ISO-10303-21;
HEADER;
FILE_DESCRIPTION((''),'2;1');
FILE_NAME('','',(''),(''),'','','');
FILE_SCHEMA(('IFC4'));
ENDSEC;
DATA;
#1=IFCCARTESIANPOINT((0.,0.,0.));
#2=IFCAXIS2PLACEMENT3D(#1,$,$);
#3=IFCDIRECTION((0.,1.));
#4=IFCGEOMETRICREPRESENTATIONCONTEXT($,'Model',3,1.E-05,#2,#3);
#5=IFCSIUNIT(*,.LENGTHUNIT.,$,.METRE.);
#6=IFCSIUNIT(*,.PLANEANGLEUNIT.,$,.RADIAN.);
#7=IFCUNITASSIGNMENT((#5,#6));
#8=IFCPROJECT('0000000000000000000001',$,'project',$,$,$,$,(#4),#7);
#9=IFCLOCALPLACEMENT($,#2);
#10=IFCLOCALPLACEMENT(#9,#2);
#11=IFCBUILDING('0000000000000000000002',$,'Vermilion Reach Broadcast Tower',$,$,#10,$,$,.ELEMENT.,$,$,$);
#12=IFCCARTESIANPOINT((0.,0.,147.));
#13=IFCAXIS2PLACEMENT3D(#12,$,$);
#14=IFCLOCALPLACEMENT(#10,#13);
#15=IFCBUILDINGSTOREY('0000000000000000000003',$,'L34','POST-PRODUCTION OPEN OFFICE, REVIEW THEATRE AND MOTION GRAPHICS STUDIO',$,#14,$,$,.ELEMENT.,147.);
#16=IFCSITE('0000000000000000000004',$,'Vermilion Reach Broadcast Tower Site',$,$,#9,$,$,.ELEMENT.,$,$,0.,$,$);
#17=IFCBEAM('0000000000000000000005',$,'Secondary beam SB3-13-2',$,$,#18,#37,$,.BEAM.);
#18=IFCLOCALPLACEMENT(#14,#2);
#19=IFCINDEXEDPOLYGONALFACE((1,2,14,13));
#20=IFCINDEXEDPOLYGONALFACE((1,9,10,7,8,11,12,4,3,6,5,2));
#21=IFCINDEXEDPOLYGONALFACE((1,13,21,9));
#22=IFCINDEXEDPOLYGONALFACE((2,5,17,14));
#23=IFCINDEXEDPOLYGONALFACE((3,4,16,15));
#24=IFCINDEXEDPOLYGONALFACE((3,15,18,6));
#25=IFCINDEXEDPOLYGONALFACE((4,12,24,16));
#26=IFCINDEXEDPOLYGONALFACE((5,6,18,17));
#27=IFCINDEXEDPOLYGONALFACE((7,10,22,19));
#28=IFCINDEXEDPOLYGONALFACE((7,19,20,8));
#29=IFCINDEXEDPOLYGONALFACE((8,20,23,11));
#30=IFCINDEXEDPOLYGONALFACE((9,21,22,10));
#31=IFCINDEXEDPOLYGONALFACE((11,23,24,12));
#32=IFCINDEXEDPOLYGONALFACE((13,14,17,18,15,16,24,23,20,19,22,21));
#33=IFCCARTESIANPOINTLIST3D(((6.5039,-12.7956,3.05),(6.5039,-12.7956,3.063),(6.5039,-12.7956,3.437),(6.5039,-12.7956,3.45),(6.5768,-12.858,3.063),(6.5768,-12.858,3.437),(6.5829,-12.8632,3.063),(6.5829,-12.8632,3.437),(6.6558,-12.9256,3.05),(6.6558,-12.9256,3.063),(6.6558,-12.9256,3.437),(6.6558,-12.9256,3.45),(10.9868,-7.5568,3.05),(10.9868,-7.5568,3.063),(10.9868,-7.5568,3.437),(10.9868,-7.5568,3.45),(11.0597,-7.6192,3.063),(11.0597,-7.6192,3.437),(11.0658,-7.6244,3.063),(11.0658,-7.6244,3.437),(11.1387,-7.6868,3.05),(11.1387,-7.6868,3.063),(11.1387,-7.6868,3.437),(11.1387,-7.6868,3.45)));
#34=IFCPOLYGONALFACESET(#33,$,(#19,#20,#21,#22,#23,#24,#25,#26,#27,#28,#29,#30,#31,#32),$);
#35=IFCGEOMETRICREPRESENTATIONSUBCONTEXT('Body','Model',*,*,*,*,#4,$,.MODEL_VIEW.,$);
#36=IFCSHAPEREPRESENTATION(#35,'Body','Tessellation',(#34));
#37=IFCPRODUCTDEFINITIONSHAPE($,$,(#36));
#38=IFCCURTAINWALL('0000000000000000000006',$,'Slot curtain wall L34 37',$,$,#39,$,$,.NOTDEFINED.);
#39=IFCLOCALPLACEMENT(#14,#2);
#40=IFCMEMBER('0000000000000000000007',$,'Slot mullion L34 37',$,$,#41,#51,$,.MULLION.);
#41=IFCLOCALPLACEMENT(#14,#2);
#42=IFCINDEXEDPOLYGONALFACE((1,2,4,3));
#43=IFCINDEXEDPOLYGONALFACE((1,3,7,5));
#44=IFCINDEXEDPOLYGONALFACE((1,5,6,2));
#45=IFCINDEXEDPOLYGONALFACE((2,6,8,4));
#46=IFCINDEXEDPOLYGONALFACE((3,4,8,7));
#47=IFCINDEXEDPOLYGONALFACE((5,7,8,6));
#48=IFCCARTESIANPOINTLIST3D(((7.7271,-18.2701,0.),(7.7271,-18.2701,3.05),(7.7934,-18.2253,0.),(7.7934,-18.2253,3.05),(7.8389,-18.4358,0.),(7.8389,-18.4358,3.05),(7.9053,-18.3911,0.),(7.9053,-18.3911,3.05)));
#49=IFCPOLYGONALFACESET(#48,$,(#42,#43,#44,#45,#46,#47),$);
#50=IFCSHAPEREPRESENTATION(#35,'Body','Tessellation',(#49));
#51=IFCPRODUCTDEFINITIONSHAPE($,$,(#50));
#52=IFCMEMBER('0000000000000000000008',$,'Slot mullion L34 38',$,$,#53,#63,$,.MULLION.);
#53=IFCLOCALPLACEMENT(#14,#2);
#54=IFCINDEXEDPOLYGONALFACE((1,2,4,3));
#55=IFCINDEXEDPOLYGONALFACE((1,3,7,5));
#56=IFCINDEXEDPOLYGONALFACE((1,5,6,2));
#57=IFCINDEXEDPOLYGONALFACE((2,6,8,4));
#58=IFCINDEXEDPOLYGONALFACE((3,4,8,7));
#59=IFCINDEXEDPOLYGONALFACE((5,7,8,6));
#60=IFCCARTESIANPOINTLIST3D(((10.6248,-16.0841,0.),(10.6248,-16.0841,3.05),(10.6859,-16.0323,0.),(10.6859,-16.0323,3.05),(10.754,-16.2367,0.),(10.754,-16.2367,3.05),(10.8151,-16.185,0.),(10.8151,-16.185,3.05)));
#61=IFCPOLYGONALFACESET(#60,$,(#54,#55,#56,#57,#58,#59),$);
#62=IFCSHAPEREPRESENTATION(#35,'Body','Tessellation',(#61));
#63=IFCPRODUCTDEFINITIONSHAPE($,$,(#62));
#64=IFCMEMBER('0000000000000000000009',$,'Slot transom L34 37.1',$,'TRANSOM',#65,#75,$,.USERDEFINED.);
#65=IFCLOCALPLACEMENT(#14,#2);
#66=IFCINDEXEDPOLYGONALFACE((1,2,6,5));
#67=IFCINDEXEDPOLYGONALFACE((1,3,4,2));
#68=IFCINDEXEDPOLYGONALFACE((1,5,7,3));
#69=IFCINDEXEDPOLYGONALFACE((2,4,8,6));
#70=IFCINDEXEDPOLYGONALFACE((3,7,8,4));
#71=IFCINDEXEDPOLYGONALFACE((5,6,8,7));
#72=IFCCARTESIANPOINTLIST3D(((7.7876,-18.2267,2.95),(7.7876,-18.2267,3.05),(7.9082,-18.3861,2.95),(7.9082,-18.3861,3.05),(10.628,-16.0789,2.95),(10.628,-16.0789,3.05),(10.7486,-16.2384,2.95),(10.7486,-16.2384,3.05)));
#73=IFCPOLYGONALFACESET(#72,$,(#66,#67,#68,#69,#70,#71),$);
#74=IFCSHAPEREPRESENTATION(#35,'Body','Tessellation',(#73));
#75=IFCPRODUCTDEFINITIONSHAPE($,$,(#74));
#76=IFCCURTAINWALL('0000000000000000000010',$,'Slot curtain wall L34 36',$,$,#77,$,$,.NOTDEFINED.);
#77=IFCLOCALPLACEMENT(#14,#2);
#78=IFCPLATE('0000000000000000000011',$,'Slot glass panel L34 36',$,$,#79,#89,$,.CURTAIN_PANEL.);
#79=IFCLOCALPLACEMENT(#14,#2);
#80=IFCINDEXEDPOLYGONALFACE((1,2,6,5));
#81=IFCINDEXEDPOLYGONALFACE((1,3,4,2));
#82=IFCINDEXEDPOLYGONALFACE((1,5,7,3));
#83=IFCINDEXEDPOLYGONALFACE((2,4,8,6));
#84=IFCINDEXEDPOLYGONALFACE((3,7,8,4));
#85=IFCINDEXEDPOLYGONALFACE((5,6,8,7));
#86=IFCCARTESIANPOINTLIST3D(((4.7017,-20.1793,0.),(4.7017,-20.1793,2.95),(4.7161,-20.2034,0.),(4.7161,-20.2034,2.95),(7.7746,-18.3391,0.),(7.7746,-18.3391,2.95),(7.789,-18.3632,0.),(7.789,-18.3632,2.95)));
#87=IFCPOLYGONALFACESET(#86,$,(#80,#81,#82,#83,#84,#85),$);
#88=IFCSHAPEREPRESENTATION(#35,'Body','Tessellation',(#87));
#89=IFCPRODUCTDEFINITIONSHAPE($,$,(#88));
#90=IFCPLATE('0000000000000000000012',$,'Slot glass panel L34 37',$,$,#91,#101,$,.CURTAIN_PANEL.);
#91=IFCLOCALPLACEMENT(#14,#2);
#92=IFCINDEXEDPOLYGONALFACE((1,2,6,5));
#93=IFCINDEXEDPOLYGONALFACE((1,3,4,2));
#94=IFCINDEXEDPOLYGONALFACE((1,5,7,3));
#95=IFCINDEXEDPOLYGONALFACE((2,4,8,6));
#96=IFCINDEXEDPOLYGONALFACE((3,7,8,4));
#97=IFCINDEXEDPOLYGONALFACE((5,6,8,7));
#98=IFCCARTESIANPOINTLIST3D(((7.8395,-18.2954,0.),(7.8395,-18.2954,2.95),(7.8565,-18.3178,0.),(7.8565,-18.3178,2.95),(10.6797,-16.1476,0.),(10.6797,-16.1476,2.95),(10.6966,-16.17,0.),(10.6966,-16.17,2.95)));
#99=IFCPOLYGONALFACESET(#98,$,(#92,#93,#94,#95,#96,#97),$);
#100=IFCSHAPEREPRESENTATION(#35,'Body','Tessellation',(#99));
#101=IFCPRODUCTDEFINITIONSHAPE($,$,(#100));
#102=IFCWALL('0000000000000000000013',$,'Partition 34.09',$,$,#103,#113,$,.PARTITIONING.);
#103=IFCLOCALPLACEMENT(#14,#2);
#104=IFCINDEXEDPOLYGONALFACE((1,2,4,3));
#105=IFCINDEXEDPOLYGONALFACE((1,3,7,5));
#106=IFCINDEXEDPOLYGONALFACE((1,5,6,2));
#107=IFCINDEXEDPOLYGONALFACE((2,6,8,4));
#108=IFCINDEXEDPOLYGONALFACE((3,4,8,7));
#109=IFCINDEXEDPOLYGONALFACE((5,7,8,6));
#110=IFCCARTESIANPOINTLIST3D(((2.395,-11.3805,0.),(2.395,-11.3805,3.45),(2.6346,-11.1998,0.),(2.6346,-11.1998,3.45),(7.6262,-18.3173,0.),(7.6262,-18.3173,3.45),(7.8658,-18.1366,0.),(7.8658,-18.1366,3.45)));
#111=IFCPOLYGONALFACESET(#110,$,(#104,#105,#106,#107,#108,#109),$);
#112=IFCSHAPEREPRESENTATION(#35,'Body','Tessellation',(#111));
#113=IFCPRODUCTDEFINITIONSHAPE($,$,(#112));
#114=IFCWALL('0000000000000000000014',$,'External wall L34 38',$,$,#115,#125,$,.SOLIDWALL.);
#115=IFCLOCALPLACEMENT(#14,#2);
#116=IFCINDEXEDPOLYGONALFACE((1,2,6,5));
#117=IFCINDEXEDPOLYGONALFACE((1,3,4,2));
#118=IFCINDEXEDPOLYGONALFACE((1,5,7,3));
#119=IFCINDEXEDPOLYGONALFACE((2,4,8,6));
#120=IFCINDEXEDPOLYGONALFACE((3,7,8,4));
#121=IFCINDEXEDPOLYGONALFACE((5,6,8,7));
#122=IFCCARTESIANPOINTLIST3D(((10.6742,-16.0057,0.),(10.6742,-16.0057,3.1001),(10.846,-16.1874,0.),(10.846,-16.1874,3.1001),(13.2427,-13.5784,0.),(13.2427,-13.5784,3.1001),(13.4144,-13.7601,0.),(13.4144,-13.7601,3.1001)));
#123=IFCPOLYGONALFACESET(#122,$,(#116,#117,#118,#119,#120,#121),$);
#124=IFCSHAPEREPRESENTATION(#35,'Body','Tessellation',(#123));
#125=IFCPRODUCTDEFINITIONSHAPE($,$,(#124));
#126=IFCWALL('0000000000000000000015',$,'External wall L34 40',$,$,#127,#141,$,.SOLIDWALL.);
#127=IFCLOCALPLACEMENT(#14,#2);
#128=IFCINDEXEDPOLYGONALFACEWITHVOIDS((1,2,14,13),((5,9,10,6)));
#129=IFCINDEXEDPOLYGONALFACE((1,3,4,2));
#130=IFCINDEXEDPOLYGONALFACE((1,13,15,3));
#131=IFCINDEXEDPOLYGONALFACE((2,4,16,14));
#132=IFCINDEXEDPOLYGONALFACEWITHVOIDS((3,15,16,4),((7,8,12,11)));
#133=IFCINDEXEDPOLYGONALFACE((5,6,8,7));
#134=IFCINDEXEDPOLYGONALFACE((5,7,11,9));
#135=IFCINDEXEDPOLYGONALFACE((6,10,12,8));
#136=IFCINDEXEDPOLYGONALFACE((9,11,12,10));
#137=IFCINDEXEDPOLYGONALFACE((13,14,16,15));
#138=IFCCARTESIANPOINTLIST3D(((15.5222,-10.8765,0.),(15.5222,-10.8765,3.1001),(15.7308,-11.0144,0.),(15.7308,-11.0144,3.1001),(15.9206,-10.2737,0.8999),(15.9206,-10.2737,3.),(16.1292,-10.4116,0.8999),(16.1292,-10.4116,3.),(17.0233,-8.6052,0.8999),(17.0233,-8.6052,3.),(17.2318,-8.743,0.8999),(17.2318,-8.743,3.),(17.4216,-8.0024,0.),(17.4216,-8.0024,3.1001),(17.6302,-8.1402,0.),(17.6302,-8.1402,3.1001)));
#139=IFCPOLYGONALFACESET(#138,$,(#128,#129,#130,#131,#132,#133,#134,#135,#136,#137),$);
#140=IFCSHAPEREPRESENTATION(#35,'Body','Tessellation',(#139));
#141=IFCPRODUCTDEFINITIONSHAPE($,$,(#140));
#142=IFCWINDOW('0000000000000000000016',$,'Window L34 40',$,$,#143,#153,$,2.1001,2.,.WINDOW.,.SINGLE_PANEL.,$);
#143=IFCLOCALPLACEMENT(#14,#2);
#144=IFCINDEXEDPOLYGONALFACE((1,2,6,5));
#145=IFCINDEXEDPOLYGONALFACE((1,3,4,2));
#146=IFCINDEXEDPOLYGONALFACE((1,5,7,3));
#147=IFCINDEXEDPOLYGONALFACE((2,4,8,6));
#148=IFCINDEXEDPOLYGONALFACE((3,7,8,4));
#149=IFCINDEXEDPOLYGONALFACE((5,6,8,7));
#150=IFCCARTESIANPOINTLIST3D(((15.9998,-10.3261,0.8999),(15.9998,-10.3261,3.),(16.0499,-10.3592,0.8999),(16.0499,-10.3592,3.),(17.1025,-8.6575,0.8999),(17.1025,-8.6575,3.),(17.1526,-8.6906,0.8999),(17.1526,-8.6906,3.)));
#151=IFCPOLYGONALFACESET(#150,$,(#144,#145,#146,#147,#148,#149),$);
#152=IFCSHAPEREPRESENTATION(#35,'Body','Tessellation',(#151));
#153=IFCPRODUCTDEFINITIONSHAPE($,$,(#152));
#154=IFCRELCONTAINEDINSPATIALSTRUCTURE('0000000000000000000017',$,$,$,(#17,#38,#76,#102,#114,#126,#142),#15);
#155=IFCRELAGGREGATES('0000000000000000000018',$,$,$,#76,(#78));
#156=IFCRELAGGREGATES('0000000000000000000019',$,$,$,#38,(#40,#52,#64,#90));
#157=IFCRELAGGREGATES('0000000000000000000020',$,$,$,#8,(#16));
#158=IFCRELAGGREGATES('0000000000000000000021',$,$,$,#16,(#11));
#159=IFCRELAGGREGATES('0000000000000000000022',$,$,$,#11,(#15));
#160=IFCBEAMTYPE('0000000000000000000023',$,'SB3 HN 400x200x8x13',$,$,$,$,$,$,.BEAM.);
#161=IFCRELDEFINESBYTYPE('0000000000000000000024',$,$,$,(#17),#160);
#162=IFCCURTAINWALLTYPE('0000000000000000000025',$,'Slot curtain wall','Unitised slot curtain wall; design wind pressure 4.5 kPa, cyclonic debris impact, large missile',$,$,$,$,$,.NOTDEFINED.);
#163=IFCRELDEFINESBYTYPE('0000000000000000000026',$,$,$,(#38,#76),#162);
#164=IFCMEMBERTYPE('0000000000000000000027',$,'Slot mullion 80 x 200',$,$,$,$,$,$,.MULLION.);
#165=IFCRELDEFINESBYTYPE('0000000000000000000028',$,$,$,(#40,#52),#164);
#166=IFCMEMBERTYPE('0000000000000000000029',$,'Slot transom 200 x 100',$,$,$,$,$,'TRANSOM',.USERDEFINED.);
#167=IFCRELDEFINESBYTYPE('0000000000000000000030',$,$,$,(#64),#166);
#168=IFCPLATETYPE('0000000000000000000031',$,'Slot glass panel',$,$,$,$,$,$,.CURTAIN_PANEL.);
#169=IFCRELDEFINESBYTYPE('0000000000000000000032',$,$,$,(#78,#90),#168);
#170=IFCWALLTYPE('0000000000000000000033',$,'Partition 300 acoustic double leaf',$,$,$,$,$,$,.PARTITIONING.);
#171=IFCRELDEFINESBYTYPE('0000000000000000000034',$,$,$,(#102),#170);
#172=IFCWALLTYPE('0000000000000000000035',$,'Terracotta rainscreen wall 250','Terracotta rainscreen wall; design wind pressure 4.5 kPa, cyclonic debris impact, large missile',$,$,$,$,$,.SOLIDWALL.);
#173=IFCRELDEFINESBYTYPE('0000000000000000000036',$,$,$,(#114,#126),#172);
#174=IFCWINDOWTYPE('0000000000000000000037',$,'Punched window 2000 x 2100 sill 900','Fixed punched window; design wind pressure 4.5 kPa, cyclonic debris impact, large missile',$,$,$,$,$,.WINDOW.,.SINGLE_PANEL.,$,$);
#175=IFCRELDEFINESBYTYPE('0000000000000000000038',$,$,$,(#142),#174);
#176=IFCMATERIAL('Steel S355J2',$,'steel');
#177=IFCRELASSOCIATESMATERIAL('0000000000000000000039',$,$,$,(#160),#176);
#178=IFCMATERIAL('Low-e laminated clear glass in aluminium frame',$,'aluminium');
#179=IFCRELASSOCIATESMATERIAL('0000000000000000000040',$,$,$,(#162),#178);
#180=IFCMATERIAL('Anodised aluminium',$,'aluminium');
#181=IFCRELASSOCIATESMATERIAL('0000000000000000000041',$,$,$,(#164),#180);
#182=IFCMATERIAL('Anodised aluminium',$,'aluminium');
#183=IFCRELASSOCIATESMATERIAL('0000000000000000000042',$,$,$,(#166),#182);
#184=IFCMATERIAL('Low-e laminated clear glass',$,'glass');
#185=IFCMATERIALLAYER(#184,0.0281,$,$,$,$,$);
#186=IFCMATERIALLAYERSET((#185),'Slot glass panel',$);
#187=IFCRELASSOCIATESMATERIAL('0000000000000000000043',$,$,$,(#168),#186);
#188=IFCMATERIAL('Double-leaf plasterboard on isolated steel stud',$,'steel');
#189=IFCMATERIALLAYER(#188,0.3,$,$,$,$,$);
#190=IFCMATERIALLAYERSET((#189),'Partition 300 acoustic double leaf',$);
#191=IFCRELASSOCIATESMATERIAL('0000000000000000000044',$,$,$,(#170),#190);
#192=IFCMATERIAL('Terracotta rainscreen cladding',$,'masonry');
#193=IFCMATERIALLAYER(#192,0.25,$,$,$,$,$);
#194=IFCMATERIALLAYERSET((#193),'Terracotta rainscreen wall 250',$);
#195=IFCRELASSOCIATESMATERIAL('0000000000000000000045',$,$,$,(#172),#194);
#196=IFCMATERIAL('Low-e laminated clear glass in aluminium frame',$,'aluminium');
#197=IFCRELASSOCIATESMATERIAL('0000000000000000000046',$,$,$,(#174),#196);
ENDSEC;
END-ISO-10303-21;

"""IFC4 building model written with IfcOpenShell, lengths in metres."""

from ifc_helpers import new_model, si_unit, direction, frame, frame_2d, origin, origin_2d, place, context, subcontext, project, spatial, rectangle, i_section, extrude, material, layer, layer_set, material_profile, profile_set, type_object, element, fill, aggregate, save


model = new_model("IFC4")

# Units and contexts
model_context = context("Model", 3, precision=1e-05, world=origin(), true_north=direction((0.0, 1.0)))
body_context = subcontext(model_context, "Body", "Model", "MODEL_VIEW")
ifc_project = project(units=[si_unit("LENGTHUNIT", "METRE"), si_unit("PLANEANGLEUNIT", "RADIAN")], contexts=[model_context])

# Site, building, storey
site_placement = place(None, origin())
site = spatial("IfcSite", under=ifc_project, at=site_placement, Name="Vermilion Reach Broadcast Tower Site", CompositionType="ELEMENT", RefElevation=0.0)
building_placement = place(site_placement, origin())
building = spatial("IfcBuilding", under=site, at=building_placement, Name="Vermilion Reach Broadcast Tower", CompositionType="ELEMENT")
storey_placement = place(building_placement, frame((0.0, 0.0, 147.0)))
storey = spatial("IfcBuildingStorey", under=building, at=storey_placement, Name="L34", Description="POST-PRODUCTION OPEN OFFICE, REVIEW THEATRE AND MOTION GRAPHICS STUDIO", CompositionType="ELEMENT", Elevation=147.0)

# Beam
ifc_material_1 = material(Name="Steel S355J2", Category="steel")
ifc_material_profile_1 = material_profile(ifc_material_1, i_section(OverallWidth=0.2, OverallDepth=0.3999, WebThickness=0.0081, FlangeThickness=0.0129, at=origin_2d()), Name="S355J2 HN 400x200x8x13")
ifc_profile_set_1 = profile_set([ifc_material_profile_1], Name="Steel S355J2")
beam_type_1 = type_object("IfcBeamType", Name="SB3 HN 400x200x8x13", PredefinedType="BEAM", material=ifc_profile_set_1)
beam_1_placement = place(storey_placement, frame((6.5798, -12.8606, 3.25), z_axis=(0.650167, 0.759791, 0.0), x_axis=(-0.759791, 0.650167, 0.0)))
element("IfcBeam", 1, at=beam_1_placement, inside=storey, type_object=beam_type_1, Name="Secondary beam SB3-13-2", PredefinedType="BEAM", context=body_context, shape_type="SweptSolid", body=[
    extrude(i_section(OverallWidth=0.2, OverallDepth=0.3999, WebThickness=0.0081, FlangeThickness=0.0129, at=origin_2d()), origin(), (0.0, 0.0, 1.0), 6.895),
])

# Curtain wall, members
ifc_material_2 = material(Name="Low-e laminated clear glass in aluminium frame", Category="aluminium")
curtain_wall_type = type_object("IfcCurtainWallType", Name="Slot curtain wall", Description="Unitised slot curtain wall; design wind pressure 4.5 kPa, cyclonic debris impact, large missile", PredefinedType="NOTDEFINED", material=ifc_material_2)
placement = place(storey_placement, origin())
curtain_wall_1 = element("IfcCurtainWall", 2, at=placement, inside=storey, type_object=curtain_wall_type, Name="Slot curtain wall L34 37", PredefinedType="NOTDEFINED")
ifc_material_3 = material(Name="Anodised aluminium", Category="aluminium")
ifc_material_profile_2 = material_profile(ifc_material_3, rectangle(XDim=0.2, YDim=0.0801, at=origin_2d()), Name="Slot mullion 80 x 200")
ifc_profile_set_2 = profile_set([ifc_material_profile_2], Name="Anodised aluminium")
member_type_1 = type_object("IfcMemberType", Name="Slot mullion 80 x 200", PredefinedType="MULLION", material=ifc_profile_set_2)
member_1_placement = place(storey_placement, frame((7.8162, -18.3306, 0.0), z_axis=(0.0, 0.0, 1.0), x_axis=(-0.559279, 0.82898, 0.0)))
member_1 = element("IfcMember", 3, at=member_1_placement, type_object=member_type_1, Name="Slot mullion L34 37", PredefinedType="MULLION", context=body_context, shape_type="SweptSolid", body=[
    extrude(rectangle(XDim=0.2, YDim=0.0801, at=origin_2d()), origin(), (0.0, 0.0, 1.0), 3.05),
])
member_2_placement = place(storey_placement, frame((10.72, -16.1345, 0.0), z_axis=(0.0, 0.0, 1.0), x_axis=(-0.646004, 0.763334, 0.0)))
member_2 = element("IfcMember", 4, at=member_2_placement, type_object=member_type_1, Name="Slot mullion L34 38", PredefinedType="MULLION", context=body_context, shape_type="SweptSolid", body=[
    extrude(rectangle(XDim=0.2, YDim=0.0801, at=origin_2d()), origin(), (0.0, 0.0, 1.0), 3.05),
])
ifc_material_4 = material(Name="Anodised aluminium", Category="aluminium")
ifc_material_profile_3 = material_profile(ifc_material_4, rectangle(XDim=0.2, YDim=0.1001, at=origin_2d()), Name="Slot transom 200 x 100")
ifc_profile_set_3 = profile_set([ifc_material_profile_3], Name="Anodised aluminium")
member_type_2 = type_object("IfcMemberType", Name="Slot transom 200 x 100", ElementType="TRANSOM", PredefinedType="USERDEFINED", material=ifc_profile_set_3)
member_3_placement = place(storey_placement, frame((7.8479, -18.3064, 3.0), z_axis=(0.797641, 0.603133, 0.0), x_axis=(-0.603133, 0.797641, 0.0)))
member_3 = element("IfcMember", 5, at=member_3_placement, type_object=member_type_2, Name="Slot transom L34 37.1", ObjectType="TRANSOM", PredefinedType="USERDEFINED", context=body_context, shape_type="SweptSolid", body=[
    extrude(rectangle(XDim=0.2, YDim=0.1001, at=origin_2d()), origin(), (0.0, 0.0, 1.0), 3.561),
])

# Curtain wall, plate
curtain_wall_2 = element("IfcCurtainWall", 6, at=placement, inside=storey, type_object=curtain_wall_type, Name="Slot curtain wall L34 36", PredefinedType="NOTDEFINED")
ifc_material_5 = material(Name="Low-e laminated clear glass", Category="glass")
ifc_layer_1 = layer(ifc_material_5, 0.0281)
ifc_layer_set_1 = layer_set([ifc_layer_1], Name="Slot glass panel")
plate_type = type_object("IfcPlateType", Name="Slot glass panel", PredefinedType="CURTAIN_PANEL", material=ifc_layer_set_1)
plate_1_placement = place(storey_placement, frame((6.2454, -19.2712, 0.0), z_axis=(0.0, 0.0, 1.0), x_axis=(0.857937, 0.513756, 0.0)))
plate_1 = element("IfcPlate", 7, at=plate_1_placement, type_object=plate_type, Name="Slot glass panel L34 36", PredefinedType="CURTAIN_PANEL", context=body_context, shape_type="SweptSolid", body=[
    extrude(rectangle(XDim=3.5818, YDim=0.0281, at=origin_2d()), origin(), (0.0, 0.0, 1.0), 2.95),
])
aggregate(curtain_wall_2, [plate_1])

# Plate
plate_2_placement = place(storey_placement, frame((9.2681, -17.2327, 0.0), z_axis=(0.0, 0.0, 1.0), x_axis=(0.79761, 0.603174, 0.0)))
plate_2 = element("IfcPlate", 8, at=plate_2_placement, type_object=plate_type, Name="Slot glass panel L34 37", PredefinedType="CURTAIN_PANEL", context=body_context, shape_type="SweptSolid", body=[
    extrude(rectangle(XDim=3.5608, YDim=0.0281, at=origin_2d()), origin(), (0.0, 0.0, 1.0), 2.95),
])
aggregate(curtain_wall_1, [member_1, member_2, member_3, plate_2])

# Walls
ifc_material_6 = material(Name="Double-leaf plasterboard on isolated steel stud", Category="steel")
ifc_layer_2 = layer(ifc_material_6, 0.3)
ifc_layer_set_2 = layer_set([ifc_layer_2], Name="Partition 300 acoustic double leaf")
wall_type_1 = type_object("IfcWallType", Name="Partition 300 acoustic double leaf", PredefinedType="PARTITIONING", material=ifc_layer_set_2)
wall_1_placement = place(storey_placement, frame((7.7461, -18.2271, 0.0), z_axis=(0.0, 0.0, 1.0), x_axis=(-0.602107, 0.798416, 0.0)))
element("IfcWall", 9, at=wall_1_placement, inside=storey, type_object=wall_type_1, Name="Partition 34.09", PredefinedType="PARTITIONING", context=body_context, shape_type="SweptSolid", body=[
    extrude(rectangle(XDim=8.6882, YDim=0.3, at=frame_2d((4.3442, 0.0))), origin(), (0.0, 0.0, 1.0), 3.45),
])
ifc_material_7 = material(Name="Terracotta rainscreen cladding", Category="masonry")
ifc_layer_3 = layer(ifc_material_7, 0.25)
ifc_layer_set_3 = layer_set([ifc_layer_3], Name="Terracotta rainscreen wall 250")
wall_type_2 = type_object("IfcWallType", Name="Terracotta rainscreen wall 250", Description="Terracotta rainscreen wall; design wind pressure 4.5 kPa, cyclonic debris impact, large missile", PredefinedType="SOLIDWALL", material=ifc_layer_set_3)
wall_2_placement = place(storey_placement, frame((10.76, -16.0967, 0.0), z_axis=(0.0, 0.0, 1.0), x_axis=(0.726791, 0.686859, 0.0)))
element("IfcWall", 10, at=wall_2_placement, inside=storey, type_object=wall_type_2, Name="External wall L34 38", PredefinedType="SOLIDWALL", context=body_context, shape_type="SweptSolid", body=[
    extrude(rectangle(XDim=3.5339, YDim=0.25, at=frame_2d((1.7671, 0.0))), origin(), (0.0, 0.0, 1.0), 3.1001),
])

# Wall, opening, window
wall_3_placement = place(storey_placement, frame((15.6265, -10.9456, 0.0), z_axis=(0.0, 0.0, 1.0), x_axis=(0.551327, 0.834289, 0.0)))
wall_3 = element("IfcWall", 11, at=wall_3_placement, inside=storey, type_object=wall_type_2, Name="External wall L34 40", PredefinedType="SOLIDWALL", context=body_context, shape_type="SweptSolid", body=[
    extrude(rectangle(XDim=3.4451, YDim=0.25, at=frame_2d((1.7227, 0.0))), origin(), (0.0, 0.0, 1.0), 3.1001),
])
opening_1_placement = place(wall_3_placement, frame((0.7227, 0.0, 0.8999)))
opening_1 = element("IfcOpeningElement", 12, at=opening_1_placement, cuts=wall_3, PredefinedType="OPENING", context=body_context, shape_type="SweptSolid", body=[
    extrude(rectangle(XDim=2.0, YDim=2.1001, at=frame_2d((1.0, 1.05))), frame((0.0, 0.135, 0.0), z_axis=(0.0, -1.0, 0.0), x_axis=(1.0, 0.0, 0.0)), (0.0, 0.0, 1.0), 0.27),
])
ifc_material_8 = material(Name="Low-e laminated clear glass in aluminium frame", Category="aluminium")
window_type = type_object("IfcWindowType", Name="Punched window 2000 x 2100 sill 900", Description="Fixed punched window; design wind pressure 4.5 kPa, cyclonic debris impact, large missile", PartitioningType="SINGLE_PANEL", PredefinedType="WINDOW", material=ifc_material_8)
window_placement = place(opening_1_placement, origin())
window = element("IfcWindow", 13, at=window_placement, inside=storey, type_object=window_type, Name="Window L34 40", OverallHeight=2.1001, OverallWidth=2.0, PartitioningType="SINGLE_PANEL", PredefinedType="WINDOW", context=body_context, shape_type="SweptSolid", body=[
    extrude(rectangle(XDim=2.0, YDim=2.1001, at=frame_2d((1.0, 1.05))), frame((0.0, 0.03, 0.0), z_axis=(0.0, -1.0, 0.0), x_axis=(1.0, 0.0, 0.0)), (0.0, 0.0, 1.0), 0.0601),
])
fill(opening_1, window)

save(model, "model.ifc")
